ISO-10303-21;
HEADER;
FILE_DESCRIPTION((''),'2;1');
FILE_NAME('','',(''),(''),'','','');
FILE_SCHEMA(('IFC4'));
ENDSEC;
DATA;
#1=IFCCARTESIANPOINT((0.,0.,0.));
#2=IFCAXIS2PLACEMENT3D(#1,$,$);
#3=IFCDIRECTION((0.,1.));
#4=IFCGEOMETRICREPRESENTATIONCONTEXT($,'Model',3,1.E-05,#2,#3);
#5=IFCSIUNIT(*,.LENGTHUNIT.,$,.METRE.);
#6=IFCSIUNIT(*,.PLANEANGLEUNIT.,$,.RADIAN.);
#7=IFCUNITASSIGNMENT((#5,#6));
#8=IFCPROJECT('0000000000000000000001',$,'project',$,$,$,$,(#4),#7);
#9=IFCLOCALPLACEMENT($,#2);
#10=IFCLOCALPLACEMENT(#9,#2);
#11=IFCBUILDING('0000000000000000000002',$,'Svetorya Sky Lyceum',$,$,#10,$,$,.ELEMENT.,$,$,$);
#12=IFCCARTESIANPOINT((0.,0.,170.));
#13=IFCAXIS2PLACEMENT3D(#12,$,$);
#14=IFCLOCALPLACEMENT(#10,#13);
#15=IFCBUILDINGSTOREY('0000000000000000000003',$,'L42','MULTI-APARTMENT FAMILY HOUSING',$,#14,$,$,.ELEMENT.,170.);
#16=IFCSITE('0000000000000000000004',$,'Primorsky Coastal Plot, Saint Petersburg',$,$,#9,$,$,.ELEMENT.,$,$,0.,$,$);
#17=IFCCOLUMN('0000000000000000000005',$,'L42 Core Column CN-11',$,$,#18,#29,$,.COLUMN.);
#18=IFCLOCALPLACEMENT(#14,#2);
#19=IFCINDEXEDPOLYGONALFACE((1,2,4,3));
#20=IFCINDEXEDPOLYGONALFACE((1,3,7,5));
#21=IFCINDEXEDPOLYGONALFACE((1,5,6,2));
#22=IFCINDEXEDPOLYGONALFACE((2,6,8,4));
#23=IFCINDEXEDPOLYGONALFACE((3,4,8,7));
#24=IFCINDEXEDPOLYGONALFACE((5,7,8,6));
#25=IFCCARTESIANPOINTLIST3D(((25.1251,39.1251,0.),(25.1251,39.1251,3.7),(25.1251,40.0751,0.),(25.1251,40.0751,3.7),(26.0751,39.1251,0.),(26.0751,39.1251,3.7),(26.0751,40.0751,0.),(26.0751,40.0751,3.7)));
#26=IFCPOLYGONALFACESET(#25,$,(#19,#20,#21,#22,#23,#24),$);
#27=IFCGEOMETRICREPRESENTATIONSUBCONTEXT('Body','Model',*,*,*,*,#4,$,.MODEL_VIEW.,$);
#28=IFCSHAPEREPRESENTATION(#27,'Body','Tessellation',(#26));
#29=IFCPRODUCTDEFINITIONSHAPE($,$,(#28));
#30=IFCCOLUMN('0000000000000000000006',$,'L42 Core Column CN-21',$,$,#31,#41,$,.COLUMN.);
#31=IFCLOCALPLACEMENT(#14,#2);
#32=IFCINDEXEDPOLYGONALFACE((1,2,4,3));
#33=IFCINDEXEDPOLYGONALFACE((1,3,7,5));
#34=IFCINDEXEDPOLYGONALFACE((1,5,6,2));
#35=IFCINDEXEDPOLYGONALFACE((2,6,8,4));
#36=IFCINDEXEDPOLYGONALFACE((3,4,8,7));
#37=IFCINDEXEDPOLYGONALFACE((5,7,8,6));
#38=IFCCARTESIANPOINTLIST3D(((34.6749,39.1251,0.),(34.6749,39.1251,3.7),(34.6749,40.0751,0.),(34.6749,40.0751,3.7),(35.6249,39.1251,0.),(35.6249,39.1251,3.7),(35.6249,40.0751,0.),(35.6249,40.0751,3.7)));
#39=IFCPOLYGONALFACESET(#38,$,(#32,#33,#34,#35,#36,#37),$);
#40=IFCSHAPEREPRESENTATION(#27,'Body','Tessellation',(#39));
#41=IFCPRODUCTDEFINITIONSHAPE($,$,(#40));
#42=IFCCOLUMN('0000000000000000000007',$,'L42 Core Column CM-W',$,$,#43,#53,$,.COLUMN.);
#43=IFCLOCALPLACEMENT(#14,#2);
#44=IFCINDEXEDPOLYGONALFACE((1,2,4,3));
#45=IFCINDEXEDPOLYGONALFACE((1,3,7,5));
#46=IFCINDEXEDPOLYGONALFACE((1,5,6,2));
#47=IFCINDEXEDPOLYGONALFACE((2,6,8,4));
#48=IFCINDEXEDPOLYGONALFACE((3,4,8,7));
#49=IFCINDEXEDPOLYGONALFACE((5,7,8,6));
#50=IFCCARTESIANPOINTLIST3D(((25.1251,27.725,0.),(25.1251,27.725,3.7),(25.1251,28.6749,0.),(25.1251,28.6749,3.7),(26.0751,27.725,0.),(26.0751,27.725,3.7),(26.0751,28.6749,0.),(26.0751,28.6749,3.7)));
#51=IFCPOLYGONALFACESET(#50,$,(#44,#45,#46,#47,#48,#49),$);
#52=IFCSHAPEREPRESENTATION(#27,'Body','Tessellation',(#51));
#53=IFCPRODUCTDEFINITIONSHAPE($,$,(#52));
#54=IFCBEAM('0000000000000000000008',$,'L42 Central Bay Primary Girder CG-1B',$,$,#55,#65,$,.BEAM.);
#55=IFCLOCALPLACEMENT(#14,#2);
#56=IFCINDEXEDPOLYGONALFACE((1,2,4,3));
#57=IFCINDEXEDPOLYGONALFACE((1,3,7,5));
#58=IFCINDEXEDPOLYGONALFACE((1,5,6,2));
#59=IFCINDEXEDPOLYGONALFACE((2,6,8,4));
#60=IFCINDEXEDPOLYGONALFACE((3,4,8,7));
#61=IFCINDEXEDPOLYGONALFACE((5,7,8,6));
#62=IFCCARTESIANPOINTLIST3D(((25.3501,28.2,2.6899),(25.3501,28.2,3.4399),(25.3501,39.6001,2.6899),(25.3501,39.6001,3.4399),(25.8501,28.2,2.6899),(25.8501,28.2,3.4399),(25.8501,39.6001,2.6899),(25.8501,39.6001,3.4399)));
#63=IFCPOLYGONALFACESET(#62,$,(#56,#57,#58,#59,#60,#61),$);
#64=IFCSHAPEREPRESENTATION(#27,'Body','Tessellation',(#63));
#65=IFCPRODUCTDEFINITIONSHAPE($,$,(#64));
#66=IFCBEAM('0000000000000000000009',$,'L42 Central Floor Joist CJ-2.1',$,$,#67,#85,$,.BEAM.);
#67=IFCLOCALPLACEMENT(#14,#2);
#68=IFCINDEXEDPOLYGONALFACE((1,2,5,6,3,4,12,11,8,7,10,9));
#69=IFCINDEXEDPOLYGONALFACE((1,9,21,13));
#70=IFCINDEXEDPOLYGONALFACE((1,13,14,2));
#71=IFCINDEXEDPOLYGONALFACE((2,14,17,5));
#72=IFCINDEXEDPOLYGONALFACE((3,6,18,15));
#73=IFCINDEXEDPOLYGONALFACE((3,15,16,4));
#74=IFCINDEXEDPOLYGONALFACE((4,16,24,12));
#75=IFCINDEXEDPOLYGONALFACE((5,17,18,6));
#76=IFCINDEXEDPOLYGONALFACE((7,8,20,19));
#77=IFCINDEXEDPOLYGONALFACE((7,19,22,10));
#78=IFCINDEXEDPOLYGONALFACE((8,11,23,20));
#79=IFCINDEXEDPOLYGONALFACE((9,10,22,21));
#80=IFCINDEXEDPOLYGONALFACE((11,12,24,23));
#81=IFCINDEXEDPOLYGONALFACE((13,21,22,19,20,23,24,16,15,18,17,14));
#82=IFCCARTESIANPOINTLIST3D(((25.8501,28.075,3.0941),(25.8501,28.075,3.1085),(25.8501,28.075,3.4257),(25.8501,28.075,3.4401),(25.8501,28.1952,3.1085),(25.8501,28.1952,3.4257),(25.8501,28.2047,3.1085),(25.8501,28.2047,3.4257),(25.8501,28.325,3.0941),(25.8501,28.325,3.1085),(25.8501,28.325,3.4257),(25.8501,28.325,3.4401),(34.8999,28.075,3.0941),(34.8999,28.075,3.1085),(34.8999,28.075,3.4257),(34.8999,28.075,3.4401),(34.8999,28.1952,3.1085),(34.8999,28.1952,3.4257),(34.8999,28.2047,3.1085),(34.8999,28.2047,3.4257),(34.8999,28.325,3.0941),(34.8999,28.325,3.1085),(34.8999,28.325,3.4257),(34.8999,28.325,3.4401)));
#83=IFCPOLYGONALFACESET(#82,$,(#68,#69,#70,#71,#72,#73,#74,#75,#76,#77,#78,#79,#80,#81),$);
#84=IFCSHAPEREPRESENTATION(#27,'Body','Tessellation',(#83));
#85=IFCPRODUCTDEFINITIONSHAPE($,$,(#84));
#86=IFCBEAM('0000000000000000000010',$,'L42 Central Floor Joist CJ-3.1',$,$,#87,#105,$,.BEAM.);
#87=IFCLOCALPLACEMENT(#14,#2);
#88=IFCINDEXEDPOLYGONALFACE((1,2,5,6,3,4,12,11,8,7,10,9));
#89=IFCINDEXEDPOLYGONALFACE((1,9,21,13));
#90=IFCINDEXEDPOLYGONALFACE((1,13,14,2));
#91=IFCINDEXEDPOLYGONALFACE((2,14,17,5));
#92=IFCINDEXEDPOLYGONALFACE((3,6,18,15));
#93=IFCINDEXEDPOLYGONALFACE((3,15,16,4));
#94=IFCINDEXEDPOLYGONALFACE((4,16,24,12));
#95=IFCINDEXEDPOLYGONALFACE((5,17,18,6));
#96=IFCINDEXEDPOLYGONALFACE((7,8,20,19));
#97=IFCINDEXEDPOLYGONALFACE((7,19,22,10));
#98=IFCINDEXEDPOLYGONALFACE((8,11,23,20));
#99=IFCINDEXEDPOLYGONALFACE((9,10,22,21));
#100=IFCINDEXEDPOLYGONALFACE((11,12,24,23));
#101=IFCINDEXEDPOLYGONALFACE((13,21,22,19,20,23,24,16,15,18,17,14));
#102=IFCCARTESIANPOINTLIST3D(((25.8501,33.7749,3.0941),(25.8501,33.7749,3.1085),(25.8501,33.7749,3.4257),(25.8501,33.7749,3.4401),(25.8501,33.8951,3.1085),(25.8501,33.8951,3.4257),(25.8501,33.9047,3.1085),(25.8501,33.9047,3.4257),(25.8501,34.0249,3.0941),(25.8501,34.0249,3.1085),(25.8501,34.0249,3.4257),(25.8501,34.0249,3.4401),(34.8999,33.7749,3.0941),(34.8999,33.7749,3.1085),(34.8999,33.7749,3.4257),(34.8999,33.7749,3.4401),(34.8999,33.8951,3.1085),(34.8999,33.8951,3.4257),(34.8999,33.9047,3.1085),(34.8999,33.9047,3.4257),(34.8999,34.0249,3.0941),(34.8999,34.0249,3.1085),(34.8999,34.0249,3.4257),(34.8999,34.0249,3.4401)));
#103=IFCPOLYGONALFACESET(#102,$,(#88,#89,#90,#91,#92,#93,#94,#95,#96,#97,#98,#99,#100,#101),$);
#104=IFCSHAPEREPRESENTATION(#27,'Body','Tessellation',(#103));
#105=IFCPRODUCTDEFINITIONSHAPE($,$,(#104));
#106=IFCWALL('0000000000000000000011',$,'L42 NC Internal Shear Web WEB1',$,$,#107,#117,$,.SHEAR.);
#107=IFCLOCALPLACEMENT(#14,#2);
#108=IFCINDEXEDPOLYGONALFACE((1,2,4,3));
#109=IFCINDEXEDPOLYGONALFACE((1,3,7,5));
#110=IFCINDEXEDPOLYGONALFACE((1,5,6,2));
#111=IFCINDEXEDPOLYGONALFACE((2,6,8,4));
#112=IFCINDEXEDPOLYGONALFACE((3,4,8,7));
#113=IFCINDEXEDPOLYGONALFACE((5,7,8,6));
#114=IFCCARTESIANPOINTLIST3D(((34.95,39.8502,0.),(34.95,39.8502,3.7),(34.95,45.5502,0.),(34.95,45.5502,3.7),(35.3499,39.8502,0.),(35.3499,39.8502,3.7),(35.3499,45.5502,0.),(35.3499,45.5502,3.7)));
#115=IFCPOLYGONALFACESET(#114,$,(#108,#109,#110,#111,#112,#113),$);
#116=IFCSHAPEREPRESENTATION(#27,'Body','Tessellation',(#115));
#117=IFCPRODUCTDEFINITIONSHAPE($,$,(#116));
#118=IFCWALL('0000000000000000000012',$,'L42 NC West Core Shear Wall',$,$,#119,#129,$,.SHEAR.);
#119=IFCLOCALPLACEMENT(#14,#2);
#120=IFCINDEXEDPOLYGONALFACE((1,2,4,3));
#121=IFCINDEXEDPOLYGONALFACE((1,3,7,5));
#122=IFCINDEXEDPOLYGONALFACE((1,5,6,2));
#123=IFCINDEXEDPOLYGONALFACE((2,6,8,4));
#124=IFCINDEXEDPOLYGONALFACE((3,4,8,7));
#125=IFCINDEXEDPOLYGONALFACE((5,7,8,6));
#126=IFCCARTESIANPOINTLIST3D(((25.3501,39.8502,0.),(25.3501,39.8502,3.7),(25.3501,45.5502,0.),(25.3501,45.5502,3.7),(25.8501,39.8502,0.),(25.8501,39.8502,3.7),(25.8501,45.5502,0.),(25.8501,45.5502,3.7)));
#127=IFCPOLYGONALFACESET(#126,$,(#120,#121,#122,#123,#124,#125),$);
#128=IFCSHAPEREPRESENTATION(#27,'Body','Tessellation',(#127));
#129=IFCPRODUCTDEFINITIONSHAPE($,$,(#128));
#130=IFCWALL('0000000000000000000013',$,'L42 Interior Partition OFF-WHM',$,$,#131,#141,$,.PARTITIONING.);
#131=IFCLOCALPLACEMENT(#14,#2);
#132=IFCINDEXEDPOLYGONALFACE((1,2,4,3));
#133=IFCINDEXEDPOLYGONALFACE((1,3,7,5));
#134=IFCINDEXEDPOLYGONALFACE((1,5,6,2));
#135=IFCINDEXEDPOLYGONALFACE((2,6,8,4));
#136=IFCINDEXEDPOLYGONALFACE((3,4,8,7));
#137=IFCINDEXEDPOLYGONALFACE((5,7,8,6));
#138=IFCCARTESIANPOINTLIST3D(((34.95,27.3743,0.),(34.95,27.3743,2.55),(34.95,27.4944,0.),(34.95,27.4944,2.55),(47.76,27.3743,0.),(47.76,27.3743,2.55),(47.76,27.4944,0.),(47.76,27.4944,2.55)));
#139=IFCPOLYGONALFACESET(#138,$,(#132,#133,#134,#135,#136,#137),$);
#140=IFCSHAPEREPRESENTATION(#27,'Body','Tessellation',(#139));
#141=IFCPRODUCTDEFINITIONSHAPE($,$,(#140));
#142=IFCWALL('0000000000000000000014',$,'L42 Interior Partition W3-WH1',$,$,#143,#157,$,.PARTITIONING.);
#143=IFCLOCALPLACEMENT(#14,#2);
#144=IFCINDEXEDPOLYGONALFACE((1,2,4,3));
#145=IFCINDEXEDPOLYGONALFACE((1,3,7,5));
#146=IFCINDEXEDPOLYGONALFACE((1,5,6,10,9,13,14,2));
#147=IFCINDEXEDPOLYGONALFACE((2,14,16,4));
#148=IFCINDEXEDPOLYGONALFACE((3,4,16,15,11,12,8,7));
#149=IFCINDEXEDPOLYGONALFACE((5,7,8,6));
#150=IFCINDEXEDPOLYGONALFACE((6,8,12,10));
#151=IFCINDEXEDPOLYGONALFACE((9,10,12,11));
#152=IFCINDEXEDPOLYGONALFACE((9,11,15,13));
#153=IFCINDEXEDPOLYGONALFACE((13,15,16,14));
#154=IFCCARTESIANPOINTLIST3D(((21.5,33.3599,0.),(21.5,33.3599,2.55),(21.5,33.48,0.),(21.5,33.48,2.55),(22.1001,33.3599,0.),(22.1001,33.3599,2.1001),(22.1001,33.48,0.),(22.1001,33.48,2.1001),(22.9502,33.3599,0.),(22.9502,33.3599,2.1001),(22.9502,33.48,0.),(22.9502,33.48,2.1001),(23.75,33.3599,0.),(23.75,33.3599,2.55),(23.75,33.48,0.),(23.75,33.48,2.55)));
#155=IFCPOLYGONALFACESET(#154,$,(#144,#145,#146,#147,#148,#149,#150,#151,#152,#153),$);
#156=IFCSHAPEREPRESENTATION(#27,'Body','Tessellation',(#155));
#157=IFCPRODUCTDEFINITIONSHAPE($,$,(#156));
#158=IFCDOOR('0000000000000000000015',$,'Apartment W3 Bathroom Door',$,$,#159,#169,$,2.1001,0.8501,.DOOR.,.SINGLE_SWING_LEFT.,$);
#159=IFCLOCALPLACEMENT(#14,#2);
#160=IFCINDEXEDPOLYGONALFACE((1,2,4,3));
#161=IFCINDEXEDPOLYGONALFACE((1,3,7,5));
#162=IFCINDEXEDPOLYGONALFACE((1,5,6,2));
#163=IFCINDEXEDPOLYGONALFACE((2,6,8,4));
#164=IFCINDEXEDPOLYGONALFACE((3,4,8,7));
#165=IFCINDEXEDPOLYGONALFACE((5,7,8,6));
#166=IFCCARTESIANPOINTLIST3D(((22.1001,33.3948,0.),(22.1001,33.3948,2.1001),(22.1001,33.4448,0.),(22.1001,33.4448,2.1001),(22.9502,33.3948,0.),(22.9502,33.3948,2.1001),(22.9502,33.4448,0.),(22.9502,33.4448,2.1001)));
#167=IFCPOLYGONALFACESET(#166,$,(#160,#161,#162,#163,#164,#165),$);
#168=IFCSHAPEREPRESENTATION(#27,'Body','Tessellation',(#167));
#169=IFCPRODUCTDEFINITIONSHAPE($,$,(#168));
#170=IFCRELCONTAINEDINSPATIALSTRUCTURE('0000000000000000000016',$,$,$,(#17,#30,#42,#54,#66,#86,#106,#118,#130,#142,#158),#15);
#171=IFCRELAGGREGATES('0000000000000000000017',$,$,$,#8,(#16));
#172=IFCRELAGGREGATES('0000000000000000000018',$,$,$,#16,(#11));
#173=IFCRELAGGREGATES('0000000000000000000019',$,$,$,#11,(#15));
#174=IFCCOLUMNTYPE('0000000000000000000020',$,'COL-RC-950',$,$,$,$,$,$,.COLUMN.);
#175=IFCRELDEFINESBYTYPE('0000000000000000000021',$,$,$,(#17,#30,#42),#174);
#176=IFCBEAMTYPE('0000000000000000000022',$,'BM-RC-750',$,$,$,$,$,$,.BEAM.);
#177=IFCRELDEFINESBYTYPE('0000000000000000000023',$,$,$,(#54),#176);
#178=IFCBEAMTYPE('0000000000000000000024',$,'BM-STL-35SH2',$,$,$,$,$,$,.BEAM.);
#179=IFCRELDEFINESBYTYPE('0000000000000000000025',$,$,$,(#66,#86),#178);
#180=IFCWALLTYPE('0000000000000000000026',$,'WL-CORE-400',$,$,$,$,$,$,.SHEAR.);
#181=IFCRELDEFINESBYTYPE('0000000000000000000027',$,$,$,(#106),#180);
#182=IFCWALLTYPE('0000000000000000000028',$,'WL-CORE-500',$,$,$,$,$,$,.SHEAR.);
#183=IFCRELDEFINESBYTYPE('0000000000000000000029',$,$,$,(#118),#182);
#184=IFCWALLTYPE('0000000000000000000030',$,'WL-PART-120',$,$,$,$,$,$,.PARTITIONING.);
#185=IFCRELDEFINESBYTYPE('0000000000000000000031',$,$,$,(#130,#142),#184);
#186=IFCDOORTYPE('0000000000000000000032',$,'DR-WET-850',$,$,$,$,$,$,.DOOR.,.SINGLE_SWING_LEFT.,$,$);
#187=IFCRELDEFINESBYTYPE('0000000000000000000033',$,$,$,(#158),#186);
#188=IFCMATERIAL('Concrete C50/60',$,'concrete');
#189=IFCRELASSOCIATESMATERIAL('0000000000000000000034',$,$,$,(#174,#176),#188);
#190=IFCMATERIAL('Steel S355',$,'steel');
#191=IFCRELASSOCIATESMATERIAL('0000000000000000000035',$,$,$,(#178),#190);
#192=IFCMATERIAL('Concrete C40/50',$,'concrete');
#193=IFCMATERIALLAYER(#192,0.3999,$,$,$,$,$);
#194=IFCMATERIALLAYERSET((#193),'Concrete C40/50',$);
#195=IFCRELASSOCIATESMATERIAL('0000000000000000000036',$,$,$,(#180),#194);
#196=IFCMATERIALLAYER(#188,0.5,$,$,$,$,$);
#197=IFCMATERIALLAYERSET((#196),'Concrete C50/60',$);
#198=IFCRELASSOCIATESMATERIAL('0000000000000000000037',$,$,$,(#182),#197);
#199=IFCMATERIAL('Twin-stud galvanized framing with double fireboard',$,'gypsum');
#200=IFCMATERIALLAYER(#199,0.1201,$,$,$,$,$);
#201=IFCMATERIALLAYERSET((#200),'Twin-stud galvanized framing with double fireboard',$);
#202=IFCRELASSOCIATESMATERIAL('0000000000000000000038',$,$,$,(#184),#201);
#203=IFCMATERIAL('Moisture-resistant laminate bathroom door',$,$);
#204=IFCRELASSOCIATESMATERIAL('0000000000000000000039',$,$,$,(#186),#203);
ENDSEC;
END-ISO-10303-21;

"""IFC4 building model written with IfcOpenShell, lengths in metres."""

from ifc_helpers import new_model, si_unit, direction, frame, frame_2d, origin, origin_2d, place, context, subcontext, project, spatial, rectangle, i_section, extrude, material, layer, layer_set, material_profile, profile_set, type_object, element, fill, save


model = new_model("IFC4")

# Units and contexts
model_context = context("Model", 3, precision=1e-05, world=origin(), true_north=direction((0.0, 1.0)))
body_context = subcontext(model_context, "Body", "Model", "MODEL_VIEW")
ifc_project = project(units=[si_unit("LENGTHUNIT", "METRE"), si_unit("PLANEANGLEUNIT", "RADIAN")], contexts=[model_context])

# Site, building, storey
site_placement = place(None, origin())
site = spatial("IfcSite", under=ifc_project, at=site_placement, Name="Primorsky Coastal Plot, Saint Petersburg", CompositionType="ELEMENT", RefElevation=0.0)
building_placement = place(site_placement, origin())
building = spatial("IfcBuilding", under=site, at=building_placement, Name="Svetorya Sky Lyceum", CompositionType="ELEMENT")
storey_placement = place(building_placement, frame((0.0, 0.0, 170.0)))
storey = spatial("IfcBuildingStorey", under=building, at=storey_placement, Name="L42", Description="MULTI-APARTMENT FAMILY HOUSING", CompositionType="ELEMENT", Elevation=170.0)

# Columns
ifc_material_1 = material(Name="Concrete C50/60", Category="concrete")
ifc_material_profile_1 = material_profile(ifc_material_1, rectangle(XDim=0.95, YDim=0.95, at=origin_2d()), Name="RC COL 950x950")
ifc_profile_set_1 = profile_set([ifc_material_profile_1], Name="Concrete C50/60")
column_type = type_object("IfcColumnType", Name="COL-RC-950", PredefinedType="COLUMN", material=ifc_profile_set_1)
for number, where, z_axis, x_axis, name in (
    (1, (25.6001, 39.6001, 0.0), (0.0, 0.0, 1.0), (1.0, 0.0, 0.0), "L42 Core Column CN-11"),
    (2, (35.1499, 39.6001, 0.0), (0.0, 0.0, 1.0), (1.0, 0.0, 0.0), "L42 Core Column CN-21"),
    (3, (25.6001, 28.2, 0.0), (0.0, 0.0, 1.0), (1.0, 0.0, 0.0), "L42 Core Column CM-W"),
):
    element("IfcColumn", number, at=place(storey_placement, frame(where, z_axis=z_axis, x_axis=x_axis)), inside=storey, type_object=column_type, Name=name, PredefinedType="COLUMN", context=body_context, shape_type="SweptSolid", body=[
        extrude(rectangle(XDim=0.95, YDim=0.95, at=origin_2d()), origin(), (0.0, 0.0, 1.0), 3.7),
    ])

# Beams
ifc_material_profile_2 = material_profile(ifc_material_1, rectangle(XDim=0.5, YDim=0.75, at=origin_2d()), Name="RC BEAM 500x750")
ifc_profile_set_2 = profile_set([ifc_material_profile_2], Name="Concrete C50/60")
beam_type_1 = type_object("IfcBeamType", Name="BM-RC-750", PredefinedType="BEAM", material=ifc_profile_set_2)
beam_placement = place(storey_placement, frame((25.6001, 28.2, 3.0649), z_axis=(0.0, 1.0, 0.0), x_axis=(-1.0, 0.0, 0.0)))
element("IfcBeam", 4, at=beam_placement, inside=storey, type_object=beam_type_1, Name="L42 Central Bay Primary Girder CG-1B", PredefinedType="BEAM", context=body_context, shape_type="SweptSolid", body=[
    extrude(rectangle(XDim=0.5, YDim=0.75, at=origin_2d()), origin(), (0.0, 0.0, 1.0), 11.4001),
])
ifc_material_2 = material(Name="Steel S355", Category="steel")
ifc_material_profile_3 = material_profile(ifc_material_2, i_section(OverallWidth=0.25, OverallDepth=0.3459, WebThickness=0.0095, FlangeThickness=0.0144, at=origin_2d()), Name="GOST 35Sh2")
ifc_profile_set_3 = profile_set([ifc_material_profile_3], Name="Steel S355")
beam_type_2 = type_object("IfcBeamType", Name="BM-STL-35SH2", PredefinedType="BEAM", material=ifc_profile_set_3)
for number, where, z_axis, x_axis, name in (
    (5, (25.8501, 28.2, 3.2671), (1.0, 0.0, 0.0), (0.0, 1.0, 0.0), "L42 Central Floor Joist CJ-2.1"),
    (6, (25.8501, 33.8999, 3.2671), (1.0, 0.0, 0.0), (0.0, 1.0, 0.0), "L42 Central Floor Joist CJ-3.1"),
):
    element("IfcBeam", number, at=place(storey_placement, frame(where, z_axis=z_axis, x_axis=x_axis)), inside=storey, type_object=beam_type_2, Name=name, PredefinedType="BEAM", context=body_context, shape_type="SweptSolid", body=[
        extrude(i_section(OverallWidth=0.25, OverallDepth=0.3459, WebThickness=0.0095, FlangeThickness=0.0144, at=origin_2d()), origin(), (0.0, 0.0, 1.0), 9.0498),
    ])

# Walls
ifc_material_3 = material(Name="Concrete C40/50", Category="concrete")
ifc_layer_1 = layer(ifc_material_3, 0.3999)
ifc_layer_set_1 = layer_set([ifc_layer_1], Name="Concrete C40/50")
wall_type_1 = type_object("IfcWallType", Name="WL-CORE-400", PredefinedType="SHEAR", material=ifc_layer_set_1)
wall_1_placement = place(storey_placement, frame((35.1499, 39.8501, 0.0), z_axis=(0.0, 0.0, 1.0), x_axis=(0.0, 1.0, 0.0)))
element("IfcWall", 7, at=wall_1_placement, inside=storey, type_object=wall_type_1, Name="L42 NC Internal Shear Web WEB1", PredefinedType="SHEAR", context=body_context, shape_type="SweptSolid", body=[
    extrude(rectangle(XDim=5.7, YDim=0.3999, at=frame_2d((2.8501, 0.0))), origin(), (0.0, 0.0, 1.0), 3.7),
])
ifc_layer_2 = layer(ifc_material_1, 0.5)
ifc_layer_set_2 = layer_set([ifc_layer_2], Name="Concrete C50/60")
wall_type_2 = type_object("IfcWallType", Name="WL-CORE-500", PredefinedType="SHEAR", material=ifc_layer_set_2)
wall_2_placement = place(storey_placement, frame((25.6001, 39.8501, 0.0), z_axis=(0.0, 0.0, 1.0), x_axis=(0.0, 1.0, 0.0)))
element("IfcWall", 8, at=wall_2_placement, inside=storey, type_object=wall_type_2, Name="L42 NC West Core Shear Wall", PredefinedType="SHEAR", context=body_context, shape_type="SweptSolid", body=[
    extrude(rectangle(XDim=5.7, YDim=0.5, at=frame_2d((2.8501, 0.0))), origin(), (0.0, 0.0, 1.0), 3.7),
])
ifc_material_4 = material(Name="Twin-stud galvanized framing with double fireboard", Category="gypsum")
ifc_layer_3 = layer(ifc_material_4, 0.1201)
ifc_layer_set_3 = layer_set([ifc_layer_3], Name="Twin-stud galvanized framing with double fireboard")
wall_type_3 = type_object("IfcWallType", Name="WL-PART-120", PredefinedType="PARTITIONING", material=ifc_layer_set_3)
wall_3_placement = place(storey_placement, frame((34.95, 27.4343, 0.0), z_axis=(0.0, 0.0, 1.0), x_axis=(1.0, 0.0, 0.0)))
element("IfcWall", 9, at=wall_3_placement, inside=storey, type_object=wall_type_3, Name="L42 Interior Partition OFF-WHM", PredefinedType="PARTITIONING", context=body_context, shape_type="SweptSolid", body=[
    extrude(rectangle(XDim=12.8101, YDim=0.1201, at=frame_2d((6.405, 0.0))), origin(), (0.0, 0.0, 1.0), 2.55),
])

# Wall, opening, door
wall_4_placement = place(storey_placement, frame((21.5, 33.4199, 0.0), z_axis=(0.0, 0.0, 1.0), x_axis=(1.0, 0.0, 0.0)))
wall_4 = element("IfcWall", 10, at=wall_4_placement, inside=storey, type_object=wall_type_3, Name="L42 Interior Partition W3-WH1", PredefinedType="PARTITIONING", context=body_context, shape_type="SweptSolid", body=[
    extrude(rectangle(XDim=2.25, YDim=0.1201, at=frame_2d((1.125, 0.0))), origin(), (0.0, 0.0, 1.0), 2.55),
])
opening_1_placement = place(wall_4_placement, frame((0.6001, 0.0, 0.0)))
opening_1 = element("IfcOpeningElement", 11, at=opening_1_placement, cuts=wall_4, PredefinedType="OPENING", context=body_context, shape_type="SweptSolid", body=[
    extrude(rectangle(XDim=0.8501, YDim=2.1001, at=frame_2d((0.425, 1.05))), frame((0.0, 0.0701, 0.0), z_axis=(0.0, -1.0, 0.0), x_axis=(1.0, 0.0, 0.0)), (0.0, 0.0, 1.0), 0.1401),
])
ifc_material_5 = material(Name="Moisture-resistant laminate bathroom door")
door_type_1 = type_object("IfcDoorType", Name="DR-WET-850", OperationType="SINGLE_SWING_LEFT", PredefinedType="DOOR", material=ifc_material_5)
door_1_placement = place(opening_1_placement, origin())
door_1 = element("IfcDoor", 12, at=door_1_placement, inside=storey, type_object=door_type_1, Name="Apartment W3 Bathroom Door", OperationType="SINGLE_SWING_LEFT", OverallHeight=2.1001, OverallWidth=0.8501, PredefinedType="DOOR", context=body_context, shape_type="SweptSolid", body=[
    extrude(rectangle(XDim=0.8501, YDim=2.1001, at=frame_2d((0.425, 1.05))), frame((0.0, 0.0249, 0.0), z_axis=(0.0, -1.0, 0.0), x_axis=(1.0, 0.0, 0.0)), (0.0, 0.0, 1.0), 0.05),
])
fill(opening_1, door_1)

save(model, "model.ifc")
